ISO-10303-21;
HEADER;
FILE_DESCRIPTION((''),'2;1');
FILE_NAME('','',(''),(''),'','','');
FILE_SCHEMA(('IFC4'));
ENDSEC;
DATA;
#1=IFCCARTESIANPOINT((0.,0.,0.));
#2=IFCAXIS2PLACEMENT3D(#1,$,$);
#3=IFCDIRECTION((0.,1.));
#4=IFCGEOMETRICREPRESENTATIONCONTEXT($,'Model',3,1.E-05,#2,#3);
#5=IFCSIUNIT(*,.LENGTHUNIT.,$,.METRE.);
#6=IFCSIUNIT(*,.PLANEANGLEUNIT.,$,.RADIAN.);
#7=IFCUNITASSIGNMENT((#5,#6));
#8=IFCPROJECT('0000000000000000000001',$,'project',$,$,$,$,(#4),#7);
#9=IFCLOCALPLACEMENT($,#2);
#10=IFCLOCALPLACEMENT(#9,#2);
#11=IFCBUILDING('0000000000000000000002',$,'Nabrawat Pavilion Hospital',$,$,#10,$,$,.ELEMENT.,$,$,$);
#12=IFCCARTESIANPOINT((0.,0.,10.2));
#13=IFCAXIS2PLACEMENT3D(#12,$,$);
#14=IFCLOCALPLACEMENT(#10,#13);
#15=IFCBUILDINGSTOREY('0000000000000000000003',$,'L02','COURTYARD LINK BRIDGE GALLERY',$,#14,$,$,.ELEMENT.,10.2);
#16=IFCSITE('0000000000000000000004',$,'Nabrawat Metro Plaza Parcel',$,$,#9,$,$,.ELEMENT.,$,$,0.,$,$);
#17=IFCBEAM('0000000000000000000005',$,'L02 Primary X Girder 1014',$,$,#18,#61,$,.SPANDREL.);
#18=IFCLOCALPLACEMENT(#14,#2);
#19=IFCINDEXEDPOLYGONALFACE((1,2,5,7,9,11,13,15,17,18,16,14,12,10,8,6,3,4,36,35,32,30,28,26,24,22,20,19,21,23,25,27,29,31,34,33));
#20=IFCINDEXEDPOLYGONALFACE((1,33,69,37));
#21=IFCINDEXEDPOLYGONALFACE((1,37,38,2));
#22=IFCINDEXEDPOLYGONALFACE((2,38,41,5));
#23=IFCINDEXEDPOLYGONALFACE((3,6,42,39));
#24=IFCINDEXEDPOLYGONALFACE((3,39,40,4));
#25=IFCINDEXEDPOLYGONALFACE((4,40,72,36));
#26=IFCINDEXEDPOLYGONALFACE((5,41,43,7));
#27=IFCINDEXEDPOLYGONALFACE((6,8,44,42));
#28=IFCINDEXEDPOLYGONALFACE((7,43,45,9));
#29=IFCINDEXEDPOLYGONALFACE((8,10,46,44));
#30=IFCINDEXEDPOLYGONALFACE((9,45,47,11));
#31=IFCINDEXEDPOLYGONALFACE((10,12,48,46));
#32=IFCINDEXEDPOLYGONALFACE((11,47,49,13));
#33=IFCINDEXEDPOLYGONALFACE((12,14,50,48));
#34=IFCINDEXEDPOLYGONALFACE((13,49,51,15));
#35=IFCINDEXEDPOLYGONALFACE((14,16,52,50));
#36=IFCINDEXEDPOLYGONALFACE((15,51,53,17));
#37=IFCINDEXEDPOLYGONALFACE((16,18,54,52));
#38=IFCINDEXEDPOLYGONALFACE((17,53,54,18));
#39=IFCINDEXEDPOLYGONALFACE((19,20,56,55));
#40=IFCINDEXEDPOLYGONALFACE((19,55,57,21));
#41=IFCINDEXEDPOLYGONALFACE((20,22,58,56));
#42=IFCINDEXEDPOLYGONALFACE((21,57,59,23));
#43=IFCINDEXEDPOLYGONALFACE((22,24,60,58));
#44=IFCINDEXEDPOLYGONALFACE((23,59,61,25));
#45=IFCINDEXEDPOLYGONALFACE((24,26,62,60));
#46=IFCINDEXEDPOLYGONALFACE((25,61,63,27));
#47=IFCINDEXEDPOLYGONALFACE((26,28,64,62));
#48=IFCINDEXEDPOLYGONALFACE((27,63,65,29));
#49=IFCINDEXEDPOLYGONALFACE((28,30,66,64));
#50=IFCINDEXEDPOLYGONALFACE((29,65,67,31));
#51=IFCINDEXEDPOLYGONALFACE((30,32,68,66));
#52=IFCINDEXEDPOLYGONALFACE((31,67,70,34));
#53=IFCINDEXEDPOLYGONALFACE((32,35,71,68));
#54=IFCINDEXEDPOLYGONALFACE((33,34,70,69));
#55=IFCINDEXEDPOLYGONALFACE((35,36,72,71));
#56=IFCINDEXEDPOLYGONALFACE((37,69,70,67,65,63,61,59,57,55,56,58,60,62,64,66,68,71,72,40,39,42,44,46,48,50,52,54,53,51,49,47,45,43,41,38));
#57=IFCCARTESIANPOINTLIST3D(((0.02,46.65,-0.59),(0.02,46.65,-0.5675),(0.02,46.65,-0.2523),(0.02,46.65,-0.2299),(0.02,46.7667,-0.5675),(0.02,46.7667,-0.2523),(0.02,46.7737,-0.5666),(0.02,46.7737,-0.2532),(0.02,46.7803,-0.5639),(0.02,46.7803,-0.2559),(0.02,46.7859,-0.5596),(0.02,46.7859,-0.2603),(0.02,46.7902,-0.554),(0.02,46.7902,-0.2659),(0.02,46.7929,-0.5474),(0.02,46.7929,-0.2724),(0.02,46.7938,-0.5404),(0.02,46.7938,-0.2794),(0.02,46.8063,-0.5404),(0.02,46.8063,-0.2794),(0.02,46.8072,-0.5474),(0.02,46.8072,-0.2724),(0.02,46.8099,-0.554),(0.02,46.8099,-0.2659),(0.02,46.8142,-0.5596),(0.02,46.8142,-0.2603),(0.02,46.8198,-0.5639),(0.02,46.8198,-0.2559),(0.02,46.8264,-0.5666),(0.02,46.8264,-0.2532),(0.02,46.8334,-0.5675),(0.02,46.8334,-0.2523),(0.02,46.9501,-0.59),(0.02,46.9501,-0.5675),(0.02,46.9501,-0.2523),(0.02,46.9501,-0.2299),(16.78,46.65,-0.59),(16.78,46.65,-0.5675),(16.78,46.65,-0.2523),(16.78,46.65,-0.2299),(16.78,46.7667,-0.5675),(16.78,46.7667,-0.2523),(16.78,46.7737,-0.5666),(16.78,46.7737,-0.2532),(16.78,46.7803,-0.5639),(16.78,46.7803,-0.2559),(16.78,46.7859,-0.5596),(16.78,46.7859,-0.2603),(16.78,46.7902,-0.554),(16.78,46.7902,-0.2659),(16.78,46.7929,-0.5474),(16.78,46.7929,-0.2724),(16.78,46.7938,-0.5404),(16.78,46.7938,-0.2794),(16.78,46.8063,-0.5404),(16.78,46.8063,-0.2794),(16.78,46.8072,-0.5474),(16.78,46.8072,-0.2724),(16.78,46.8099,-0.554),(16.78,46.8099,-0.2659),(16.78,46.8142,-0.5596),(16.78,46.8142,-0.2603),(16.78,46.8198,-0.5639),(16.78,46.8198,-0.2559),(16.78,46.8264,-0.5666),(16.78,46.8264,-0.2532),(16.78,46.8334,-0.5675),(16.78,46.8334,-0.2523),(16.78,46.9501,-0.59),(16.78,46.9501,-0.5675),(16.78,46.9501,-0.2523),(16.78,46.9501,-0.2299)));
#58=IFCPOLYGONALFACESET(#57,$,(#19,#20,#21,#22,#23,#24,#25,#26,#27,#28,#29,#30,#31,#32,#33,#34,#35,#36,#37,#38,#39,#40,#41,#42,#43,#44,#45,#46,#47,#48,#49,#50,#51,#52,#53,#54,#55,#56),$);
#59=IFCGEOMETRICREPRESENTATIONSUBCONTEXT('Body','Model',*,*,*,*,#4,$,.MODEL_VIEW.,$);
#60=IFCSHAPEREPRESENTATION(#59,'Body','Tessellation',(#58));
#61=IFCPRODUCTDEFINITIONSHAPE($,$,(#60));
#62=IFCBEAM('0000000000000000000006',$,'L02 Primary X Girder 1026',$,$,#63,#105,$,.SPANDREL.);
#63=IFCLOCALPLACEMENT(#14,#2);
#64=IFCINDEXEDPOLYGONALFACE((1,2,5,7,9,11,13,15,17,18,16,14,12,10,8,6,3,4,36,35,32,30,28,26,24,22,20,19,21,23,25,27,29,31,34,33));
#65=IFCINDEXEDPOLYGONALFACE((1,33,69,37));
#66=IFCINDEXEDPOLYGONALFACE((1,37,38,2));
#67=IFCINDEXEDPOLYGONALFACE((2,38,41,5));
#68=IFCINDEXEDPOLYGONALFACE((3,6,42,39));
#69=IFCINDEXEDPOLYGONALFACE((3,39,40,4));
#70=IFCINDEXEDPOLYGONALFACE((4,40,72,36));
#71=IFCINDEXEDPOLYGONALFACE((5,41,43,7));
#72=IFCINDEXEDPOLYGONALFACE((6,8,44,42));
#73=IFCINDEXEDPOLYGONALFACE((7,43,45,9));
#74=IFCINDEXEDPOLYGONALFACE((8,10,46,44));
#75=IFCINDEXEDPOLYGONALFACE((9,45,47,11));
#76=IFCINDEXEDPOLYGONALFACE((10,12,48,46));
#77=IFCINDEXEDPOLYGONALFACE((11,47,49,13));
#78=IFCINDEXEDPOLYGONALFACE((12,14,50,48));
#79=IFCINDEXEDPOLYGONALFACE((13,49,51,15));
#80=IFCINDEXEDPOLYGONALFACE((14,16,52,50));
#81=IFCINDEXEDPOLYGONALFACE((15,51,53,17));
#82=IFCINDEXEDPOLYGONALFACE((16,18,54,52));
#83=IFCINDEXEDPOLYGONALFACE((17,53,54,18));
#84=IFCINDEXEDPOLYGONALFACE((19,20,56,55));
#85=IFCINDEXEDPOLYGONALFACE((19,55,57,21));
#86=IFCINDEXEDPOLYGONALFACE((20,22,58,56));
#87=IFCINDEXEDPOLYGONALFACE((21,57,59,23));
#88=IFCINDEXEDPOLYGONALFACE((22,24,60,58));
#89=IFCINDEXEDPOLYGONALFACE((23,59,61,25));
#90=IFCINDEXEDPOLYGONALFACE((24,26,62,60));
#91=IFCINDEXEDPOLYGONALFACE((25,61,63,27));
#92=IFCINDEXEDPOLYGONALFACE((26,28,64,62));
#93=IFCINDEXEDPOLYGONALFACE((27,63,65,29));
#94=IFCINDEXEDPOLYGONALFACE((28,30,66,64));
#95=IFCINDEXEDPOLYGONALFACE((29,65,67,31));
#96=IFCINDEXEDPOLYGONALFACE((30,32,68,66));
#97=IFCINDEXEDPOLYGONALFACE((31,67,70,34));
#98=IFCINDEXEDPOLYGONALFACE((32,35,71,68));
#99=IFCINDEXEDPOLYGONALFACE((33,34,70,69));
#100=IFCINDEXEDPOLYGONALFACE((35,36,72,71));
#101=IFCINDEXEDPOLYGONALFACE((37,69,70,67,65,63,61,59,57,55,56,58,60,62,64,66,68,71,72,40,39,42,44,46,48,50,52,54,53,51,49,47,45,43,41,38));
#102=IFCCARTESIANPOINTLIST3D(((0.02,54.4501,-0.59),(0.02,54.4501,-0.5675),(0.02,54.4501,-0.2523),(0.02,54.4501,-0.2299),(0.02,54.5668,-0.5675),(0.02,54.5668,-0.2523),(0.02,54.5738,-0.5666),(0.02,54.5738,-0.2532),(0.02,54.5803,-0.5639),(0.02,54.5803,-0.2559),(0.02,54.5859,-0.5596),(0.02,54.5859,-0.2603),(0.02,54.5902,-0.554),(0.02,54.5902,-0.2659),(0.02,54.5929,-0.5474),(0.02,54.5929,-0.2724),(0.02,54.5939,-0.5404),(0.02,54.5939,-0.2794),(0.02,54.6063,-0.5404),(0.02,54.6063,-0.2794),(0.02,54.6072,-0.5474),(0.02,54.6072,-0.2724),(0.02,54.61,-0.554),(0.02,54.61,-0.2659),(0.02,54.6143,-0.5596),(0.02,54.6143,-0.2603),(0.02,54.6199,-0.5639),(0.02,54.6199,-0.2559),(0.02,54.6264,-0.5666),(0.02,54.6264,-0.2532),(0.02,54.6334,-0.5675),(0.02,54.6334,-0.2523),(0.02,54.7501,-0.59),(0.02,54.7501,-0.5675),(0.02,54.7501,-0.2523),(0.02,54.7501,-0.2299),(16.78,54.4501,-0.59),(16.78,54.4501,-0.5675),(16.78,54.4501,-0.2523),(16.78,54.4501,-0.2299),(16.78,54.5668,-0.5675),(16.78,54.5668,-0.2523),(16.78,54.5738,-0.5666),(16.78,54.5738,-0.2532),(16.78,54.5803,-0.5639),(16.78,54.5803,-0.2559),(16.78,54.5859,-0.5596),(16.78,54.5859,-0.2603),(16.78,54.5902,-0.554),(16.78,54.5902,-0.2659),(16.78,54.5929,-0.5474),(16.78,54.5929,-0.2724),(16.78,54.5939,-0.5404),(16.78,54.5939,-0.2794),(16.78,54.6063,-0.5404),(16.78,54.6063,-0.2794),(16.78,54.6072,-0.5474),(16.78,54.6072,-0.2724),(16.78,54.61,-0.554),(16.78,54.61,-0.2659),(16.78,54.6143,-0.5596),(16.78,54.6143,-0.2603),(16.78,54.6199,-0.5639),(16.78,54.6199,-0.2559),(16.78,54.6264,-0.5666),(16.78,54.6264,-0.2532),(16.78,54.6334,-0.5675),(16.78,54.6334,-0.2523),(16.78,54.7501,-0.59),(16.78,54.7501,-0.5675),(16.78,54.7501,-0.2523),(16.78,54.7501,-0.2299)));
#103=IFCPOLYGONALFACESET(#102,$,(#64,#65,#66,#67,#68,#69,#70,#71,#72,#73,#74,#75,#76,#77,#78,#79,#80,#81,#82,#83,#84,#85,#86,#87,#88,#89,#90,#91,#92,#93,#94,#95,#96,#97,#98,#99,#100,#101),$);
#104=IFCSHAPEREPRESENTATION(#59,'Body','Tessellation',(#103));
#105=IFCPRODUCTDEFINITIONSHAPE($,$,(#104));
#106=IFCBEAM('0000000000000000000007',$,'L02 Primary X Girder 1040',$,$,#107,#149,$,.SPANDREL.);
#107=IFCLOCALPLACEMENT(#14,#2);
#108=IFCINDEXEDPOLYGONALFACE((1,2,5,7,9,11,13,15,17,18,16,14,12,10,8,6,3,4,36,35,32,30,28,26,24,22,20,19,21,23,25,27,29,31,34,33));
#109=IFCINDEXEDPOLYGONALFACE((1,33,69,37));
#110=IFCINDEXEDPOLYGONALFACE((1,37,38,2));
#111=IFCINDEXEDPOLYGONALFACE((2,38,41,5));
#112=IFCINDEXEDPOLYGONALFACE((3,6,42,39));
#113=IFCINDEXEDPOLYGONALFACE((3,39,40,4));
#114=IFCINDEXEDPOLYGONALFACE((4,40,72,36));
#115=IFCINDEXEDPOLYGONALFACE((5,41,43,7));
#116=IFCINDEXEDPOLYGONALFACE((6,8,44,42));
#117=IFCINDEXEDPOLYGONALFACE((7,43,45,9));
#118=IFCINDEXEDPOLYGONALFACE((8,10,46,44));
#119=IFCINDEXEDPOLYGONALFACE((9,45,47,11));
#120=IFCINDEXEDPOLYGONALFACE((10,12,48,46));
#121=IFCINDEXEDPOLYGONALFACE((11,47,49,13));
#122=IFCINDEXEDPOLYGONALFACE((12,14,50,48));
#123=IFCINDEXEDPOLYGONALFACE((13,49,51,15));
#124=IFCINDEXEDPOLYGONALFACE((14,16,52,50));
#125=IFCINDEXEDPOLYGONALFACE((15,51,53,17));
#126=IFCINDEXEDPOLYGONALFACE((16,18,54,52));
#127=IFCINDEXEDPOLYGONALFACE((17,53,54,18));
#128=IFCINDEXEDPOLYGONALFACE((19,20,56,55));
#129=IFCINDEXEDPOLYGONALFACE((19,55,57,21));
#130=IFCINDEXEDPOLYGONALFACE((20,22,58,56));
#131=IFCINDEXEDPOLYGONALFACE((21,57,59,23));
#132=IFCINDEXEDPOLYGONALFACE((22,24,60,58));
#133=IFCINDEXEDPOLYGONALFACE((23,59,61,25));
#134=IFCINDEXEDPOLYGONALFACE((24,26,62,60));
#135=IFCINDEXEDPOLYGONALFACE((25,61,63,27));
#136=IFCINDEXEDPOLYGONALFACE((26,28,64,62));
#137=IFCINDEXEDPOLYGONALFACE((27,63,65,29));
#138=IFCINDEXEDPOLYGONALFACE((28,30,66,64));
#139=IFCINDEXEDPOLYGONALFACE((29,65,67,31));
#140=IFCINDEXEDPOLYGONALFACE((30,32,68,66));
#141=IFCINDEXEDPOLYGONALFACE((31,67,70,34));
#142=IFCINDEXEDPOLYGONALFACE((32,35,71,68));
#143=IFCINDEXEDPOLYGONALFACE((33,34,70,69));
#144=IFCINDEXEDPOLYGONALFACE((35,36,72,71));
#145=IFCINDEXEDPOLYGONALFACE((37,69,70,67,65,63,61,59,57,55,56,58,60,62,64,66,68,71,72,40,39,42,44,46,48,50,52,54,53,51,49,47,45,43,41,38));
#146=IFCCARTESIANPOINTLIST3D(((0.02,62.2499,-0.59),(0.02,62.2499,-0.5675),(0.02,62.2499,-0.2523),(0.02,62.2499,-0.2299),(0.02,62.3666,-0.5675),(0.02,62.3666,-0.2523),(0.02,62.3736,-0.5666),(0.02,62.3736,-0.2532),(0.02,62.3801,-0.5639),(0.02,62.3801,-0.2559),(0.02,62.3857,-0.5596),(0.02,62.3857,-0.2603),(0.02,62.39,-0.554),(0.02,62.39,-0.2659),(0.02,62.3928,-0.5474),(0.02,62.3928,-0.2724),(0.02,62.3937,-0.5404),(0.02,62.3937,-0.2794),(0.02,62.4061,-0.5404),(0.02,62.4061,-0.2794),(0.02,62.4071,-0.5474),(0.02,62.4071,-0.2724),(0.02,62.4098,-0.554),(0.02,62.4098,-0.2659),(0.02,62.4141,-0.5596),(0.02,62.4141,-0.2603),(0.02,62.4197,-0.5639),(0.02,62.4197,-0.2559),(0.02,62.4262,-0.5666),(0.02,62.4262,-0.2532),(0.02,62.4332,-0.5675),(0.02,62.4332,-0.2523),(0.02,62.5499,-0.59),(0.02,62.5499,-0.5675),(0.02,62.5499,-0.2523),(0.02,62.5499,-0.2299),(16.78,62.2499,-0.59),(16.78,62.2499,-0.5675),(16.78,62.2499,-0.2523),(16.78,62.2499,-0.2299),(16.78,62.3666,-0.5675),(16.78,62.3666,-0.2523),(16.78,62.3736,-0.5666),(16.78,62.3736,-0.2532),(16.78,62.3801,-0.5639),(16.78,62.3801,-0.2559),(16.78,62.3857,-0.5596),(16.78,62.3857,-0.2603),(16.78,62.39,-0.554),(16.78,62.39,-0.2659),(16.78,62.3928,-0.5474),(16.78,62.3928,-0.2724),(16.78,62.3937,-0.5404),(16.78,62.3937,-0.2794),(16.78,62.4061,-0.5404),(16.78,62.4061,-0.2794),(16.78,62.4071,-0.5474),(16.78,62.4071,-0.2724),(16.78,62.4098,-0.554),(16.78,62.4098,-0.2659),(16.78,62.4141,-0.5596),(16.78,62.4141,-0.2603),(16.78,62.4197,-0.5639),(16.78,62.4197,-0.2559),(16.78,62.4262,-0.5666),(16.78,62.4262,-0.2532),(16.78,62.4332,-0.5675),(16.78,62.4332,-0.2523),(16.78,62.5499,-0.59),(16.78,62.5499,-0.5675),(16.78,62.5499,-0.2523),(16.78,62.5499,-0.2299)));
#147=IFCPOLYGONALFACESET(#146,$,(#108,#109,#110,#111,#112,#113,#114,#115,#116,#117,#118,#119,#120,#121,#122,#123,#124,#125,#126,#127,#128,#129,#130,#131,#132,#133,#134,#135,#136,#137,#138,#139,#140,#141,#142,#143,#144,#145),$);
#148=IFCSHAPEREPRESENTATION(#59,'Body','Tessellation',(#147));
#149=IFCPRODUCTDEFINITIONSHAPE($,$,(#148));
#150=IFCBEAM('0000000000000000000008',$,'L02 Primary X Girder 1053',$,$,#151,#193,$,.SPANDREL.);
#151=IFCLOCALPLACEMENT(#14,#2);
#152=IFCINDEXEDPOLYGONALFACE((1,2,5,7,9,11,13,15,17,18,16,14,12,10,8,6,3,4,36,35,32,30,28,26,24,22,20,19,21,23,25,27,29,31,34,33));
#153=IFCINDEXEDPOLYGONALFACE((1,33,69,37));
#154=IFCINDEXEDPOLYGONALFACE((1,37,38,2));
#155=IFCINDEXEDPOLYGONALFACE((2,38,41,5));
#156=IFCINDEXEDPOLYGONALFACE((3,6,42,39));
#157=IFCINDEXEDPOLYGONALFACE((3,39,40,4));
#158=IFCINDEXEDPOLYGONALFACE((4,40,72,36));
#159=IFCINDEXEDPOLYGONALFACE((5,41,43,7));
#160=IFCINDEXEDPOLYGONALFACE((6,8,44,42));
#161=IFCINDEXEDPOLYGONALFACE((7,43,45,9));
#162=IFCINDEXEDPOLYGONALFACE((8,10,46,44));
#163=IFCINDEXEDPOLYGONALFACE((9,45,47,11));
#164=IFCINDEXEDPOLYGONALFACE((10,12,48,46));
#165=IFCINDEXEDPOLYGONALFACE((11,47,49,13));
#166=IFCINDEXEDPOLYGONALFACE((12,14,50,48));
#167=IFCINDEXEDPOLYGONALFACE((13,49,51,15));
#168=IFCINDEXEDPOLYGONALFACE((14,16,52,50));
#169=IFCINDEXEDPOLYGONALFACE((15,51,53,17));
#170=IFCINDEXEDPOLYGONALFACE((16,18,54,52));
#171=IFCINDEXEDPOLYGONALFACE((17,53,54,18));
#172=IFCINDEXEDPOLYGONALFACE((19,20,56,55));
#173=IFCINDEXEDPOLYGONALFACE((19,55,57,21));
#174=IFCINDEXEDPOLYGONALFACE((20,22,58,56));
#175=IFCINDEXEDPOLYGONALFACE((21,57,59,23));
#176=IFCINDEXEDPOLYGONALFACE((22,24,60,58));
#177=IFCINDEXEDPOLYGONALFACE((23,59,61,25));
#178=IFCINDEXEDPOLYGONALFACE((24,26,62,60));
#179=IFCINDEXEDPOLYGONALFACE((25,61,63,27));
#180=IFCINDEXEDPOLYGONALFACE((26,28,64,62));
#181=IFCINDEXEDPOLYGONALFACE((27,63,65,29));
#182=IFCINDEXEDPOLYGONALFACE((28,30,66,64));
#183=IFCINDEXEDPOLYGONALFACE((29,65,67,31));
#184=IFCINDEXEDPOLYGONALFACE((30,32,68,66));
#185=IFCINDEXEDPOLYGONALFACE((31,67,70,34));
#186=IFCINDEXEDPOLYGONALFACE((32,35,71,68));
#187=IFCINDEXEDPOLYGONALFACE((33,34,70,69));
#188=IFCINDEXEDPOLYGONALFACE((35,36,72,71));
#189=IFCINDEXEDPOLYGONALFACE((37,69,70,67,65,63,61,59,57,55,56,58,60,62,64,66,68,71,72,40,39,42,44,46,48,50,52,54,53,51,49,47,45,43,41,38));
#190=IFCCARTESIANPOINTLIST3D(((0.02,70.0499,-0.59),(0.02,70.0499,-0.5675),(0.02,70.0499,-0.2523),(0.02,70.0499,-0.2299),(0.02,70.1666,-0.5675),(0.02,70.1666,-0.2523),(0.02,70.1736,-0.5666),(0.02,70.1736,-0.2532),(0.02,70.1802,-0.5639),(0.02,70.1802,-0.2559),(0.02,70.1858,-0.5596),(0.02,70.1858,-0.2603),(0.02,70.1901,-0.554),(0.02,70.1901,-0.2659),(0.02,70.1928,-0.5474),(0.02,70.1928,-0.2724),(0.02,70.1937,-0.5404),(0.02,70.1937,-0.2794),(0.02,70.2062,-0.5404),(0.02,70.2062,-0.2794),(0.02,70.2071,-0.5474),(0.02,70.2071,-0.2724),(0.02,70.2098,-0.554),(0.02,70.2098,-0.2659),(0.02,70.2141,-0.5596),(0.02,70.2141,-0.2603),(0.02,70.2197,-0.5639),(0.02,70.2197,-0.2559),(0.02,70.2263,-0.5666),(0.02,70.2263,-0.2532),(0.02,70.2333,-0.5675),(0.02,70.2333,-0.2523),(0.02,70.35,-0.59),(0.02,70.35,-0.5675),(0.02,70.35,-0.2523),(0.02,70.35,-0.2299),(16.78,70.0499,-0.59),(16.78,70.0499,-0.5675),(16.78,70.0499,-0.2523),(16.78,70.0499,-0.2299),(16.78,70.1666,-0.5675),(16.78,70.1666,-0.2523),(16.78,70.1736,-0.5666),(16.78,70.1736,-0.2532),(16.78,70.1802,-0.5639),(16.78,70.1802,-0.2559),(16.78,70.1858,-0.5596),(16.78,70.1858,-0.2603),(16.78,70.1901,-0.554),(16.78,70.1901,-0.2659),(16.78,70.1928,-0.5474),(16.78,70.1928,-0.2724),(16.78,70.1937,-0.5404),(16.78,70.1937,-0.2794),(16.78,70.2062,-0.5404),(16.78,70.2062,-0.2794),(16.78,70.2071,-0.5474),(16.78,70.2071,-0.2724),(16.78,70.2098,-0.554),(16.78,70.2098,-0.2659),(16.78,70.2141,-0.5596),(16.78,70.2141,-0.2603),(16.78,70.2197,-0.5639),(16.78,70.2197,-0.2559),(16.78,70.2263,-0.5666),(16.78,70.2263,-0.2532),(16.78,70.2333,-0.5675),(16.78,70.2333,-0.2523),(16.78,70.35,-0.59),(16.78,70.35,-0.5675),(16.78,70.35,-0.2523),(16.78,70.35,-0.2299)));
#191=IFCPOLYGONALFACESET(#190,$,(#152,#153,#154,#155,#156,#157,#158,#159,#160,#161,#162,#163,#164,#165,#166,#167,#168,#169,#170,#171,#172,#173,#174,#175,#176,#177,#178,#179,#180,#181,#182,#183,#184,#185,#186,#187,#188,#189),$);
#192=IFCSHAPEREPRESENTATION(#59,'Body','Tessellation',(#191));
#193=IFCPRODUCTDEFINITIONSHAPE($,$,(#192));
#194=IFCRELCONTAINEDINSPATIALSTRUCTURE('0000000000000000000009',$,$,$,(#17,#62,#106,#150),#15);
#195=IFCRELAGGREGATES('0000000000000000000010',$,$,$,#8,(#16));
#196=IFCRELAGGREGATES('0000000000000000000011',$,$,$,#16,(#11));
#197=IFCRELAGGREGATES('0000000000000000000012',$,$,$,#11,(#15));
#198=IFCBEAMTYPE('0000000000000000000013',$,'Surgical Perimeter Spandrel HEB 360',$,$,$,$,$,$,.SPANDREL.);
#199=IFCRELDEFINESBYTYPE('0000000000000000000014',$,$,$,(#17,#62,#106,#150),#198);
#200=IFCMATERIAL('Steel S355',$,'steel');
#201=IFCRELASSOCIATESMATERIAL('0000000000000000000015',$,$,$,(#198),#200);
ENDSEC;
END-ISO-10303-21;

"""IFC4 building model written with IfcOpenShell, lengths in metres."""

from ifc_helpers import new_model, si_unit, direction, frame, origin, origin_2d, place, context, subcontext, project, spatial, i_section, extrude, material, material_profile, profile_set, type_object, element, save


model = new_model("IFC4")

# Units and contexts
model_context = context("Model", 3, precision=1e-05, world=origin(), true_north=direction((0.0, 1.0)))
body_context = subcontext(model_context, "Body", "Model", "MODEL_VIEW")
ifc_project = project(units=[si_unit("LENGTHUNIT", "METRE"), si_unit("PLANEANGLEUNIT", "RADIAN")], contexts=[model_context])

# Site, building, storey
site_placement = place(None, origin())
site = spatial("IfcSite", under=ifc_project, at=site_placement, Name="Nabrawat Metro Plaza Parcel", CompositionType="ELEMENT", RefElevation=0.0)
building_placement = place(site_placement, origin())
building = spatial("IfcBuilding", under=site, at=building_placement, Name="Nabrawat Pavilion Hospital", CompositionType="ELEMENT")
storey_placement = place(building_placement, frame((0.0, 0.0, 10.2)))
storey = spatial("IfcBuildingStorey", under=building, at=storey_placement, Name="L02", Description="COURTYARD LINK BRIDGE GALLERY", CompositionType="ELEMENT", Elevation=10.2)

# Shared definitions
ifc_material = material(Name="Steel S355", Category="steel")

# Beams
ifc_material_profile_1 = material_profile(ifc_material, i_section(OverallWidth=0.3, OverallDepth=0.3601, WebThickness=0.0125, FlangeThickness=0.0225, FilletRadius=0.0271, at=origin_2d()), Name="HEB 360")
ifc_profile_set_1 = profile_set([ifc_material_profile_1], Name="Steel S355")
beam_type_1 = type_object("IfcBeamType", Name="Surgical Perimeter Spandrel HEB 360", PredefinedType="SPANDREL", material=ifc_profile_set_1)
for number, where, z_axis, x_axis, name in (
    (1, (0.02, 46.8, -0.4099), (1.0, 0.0, 0.0), (0.0, 1.0, 0.0), "L02 Primary X Girder 1014"),
    (2, (0.02, 54.6001, -0.4099), (1.0, 0.0, 0.0), (0.0, 1.0, 0.0), "L02 Primary X Girder 1026"),
    (3, (0.02, 62.3999, -0.4099), (1.0, 0.0, 0.0), (0.0, 1.0, 0.0), "L02 Primary X Girder 1040"),
    (4, (0.02, 70.2, -0.4099), (1.0, 0.0, 0.0), (0.0, 1.0, 0.0), "L02 Primary X Girder 1053"),
):
    element("IfcBeam", number, at=place(storey_placement, frame(where, z_axis=z_axis, x_axis=x_axis)), inside=storey, type_object=beam_type_1, Name=name, PredefinedType="SPANDREL", context=body_context, shape_type="SweptSolid", body=[
        extrude(i_section(OverallWidth=0.3, OverallDepth=0.3601, WebThickness=0.0125, FlangeThickness=0.0225, FilletRadius=0.0271, at=origin_2d()), origin(), (0.0, 0.0, 1.0), 16.76),
    ])

save(model, "model.ifc")
